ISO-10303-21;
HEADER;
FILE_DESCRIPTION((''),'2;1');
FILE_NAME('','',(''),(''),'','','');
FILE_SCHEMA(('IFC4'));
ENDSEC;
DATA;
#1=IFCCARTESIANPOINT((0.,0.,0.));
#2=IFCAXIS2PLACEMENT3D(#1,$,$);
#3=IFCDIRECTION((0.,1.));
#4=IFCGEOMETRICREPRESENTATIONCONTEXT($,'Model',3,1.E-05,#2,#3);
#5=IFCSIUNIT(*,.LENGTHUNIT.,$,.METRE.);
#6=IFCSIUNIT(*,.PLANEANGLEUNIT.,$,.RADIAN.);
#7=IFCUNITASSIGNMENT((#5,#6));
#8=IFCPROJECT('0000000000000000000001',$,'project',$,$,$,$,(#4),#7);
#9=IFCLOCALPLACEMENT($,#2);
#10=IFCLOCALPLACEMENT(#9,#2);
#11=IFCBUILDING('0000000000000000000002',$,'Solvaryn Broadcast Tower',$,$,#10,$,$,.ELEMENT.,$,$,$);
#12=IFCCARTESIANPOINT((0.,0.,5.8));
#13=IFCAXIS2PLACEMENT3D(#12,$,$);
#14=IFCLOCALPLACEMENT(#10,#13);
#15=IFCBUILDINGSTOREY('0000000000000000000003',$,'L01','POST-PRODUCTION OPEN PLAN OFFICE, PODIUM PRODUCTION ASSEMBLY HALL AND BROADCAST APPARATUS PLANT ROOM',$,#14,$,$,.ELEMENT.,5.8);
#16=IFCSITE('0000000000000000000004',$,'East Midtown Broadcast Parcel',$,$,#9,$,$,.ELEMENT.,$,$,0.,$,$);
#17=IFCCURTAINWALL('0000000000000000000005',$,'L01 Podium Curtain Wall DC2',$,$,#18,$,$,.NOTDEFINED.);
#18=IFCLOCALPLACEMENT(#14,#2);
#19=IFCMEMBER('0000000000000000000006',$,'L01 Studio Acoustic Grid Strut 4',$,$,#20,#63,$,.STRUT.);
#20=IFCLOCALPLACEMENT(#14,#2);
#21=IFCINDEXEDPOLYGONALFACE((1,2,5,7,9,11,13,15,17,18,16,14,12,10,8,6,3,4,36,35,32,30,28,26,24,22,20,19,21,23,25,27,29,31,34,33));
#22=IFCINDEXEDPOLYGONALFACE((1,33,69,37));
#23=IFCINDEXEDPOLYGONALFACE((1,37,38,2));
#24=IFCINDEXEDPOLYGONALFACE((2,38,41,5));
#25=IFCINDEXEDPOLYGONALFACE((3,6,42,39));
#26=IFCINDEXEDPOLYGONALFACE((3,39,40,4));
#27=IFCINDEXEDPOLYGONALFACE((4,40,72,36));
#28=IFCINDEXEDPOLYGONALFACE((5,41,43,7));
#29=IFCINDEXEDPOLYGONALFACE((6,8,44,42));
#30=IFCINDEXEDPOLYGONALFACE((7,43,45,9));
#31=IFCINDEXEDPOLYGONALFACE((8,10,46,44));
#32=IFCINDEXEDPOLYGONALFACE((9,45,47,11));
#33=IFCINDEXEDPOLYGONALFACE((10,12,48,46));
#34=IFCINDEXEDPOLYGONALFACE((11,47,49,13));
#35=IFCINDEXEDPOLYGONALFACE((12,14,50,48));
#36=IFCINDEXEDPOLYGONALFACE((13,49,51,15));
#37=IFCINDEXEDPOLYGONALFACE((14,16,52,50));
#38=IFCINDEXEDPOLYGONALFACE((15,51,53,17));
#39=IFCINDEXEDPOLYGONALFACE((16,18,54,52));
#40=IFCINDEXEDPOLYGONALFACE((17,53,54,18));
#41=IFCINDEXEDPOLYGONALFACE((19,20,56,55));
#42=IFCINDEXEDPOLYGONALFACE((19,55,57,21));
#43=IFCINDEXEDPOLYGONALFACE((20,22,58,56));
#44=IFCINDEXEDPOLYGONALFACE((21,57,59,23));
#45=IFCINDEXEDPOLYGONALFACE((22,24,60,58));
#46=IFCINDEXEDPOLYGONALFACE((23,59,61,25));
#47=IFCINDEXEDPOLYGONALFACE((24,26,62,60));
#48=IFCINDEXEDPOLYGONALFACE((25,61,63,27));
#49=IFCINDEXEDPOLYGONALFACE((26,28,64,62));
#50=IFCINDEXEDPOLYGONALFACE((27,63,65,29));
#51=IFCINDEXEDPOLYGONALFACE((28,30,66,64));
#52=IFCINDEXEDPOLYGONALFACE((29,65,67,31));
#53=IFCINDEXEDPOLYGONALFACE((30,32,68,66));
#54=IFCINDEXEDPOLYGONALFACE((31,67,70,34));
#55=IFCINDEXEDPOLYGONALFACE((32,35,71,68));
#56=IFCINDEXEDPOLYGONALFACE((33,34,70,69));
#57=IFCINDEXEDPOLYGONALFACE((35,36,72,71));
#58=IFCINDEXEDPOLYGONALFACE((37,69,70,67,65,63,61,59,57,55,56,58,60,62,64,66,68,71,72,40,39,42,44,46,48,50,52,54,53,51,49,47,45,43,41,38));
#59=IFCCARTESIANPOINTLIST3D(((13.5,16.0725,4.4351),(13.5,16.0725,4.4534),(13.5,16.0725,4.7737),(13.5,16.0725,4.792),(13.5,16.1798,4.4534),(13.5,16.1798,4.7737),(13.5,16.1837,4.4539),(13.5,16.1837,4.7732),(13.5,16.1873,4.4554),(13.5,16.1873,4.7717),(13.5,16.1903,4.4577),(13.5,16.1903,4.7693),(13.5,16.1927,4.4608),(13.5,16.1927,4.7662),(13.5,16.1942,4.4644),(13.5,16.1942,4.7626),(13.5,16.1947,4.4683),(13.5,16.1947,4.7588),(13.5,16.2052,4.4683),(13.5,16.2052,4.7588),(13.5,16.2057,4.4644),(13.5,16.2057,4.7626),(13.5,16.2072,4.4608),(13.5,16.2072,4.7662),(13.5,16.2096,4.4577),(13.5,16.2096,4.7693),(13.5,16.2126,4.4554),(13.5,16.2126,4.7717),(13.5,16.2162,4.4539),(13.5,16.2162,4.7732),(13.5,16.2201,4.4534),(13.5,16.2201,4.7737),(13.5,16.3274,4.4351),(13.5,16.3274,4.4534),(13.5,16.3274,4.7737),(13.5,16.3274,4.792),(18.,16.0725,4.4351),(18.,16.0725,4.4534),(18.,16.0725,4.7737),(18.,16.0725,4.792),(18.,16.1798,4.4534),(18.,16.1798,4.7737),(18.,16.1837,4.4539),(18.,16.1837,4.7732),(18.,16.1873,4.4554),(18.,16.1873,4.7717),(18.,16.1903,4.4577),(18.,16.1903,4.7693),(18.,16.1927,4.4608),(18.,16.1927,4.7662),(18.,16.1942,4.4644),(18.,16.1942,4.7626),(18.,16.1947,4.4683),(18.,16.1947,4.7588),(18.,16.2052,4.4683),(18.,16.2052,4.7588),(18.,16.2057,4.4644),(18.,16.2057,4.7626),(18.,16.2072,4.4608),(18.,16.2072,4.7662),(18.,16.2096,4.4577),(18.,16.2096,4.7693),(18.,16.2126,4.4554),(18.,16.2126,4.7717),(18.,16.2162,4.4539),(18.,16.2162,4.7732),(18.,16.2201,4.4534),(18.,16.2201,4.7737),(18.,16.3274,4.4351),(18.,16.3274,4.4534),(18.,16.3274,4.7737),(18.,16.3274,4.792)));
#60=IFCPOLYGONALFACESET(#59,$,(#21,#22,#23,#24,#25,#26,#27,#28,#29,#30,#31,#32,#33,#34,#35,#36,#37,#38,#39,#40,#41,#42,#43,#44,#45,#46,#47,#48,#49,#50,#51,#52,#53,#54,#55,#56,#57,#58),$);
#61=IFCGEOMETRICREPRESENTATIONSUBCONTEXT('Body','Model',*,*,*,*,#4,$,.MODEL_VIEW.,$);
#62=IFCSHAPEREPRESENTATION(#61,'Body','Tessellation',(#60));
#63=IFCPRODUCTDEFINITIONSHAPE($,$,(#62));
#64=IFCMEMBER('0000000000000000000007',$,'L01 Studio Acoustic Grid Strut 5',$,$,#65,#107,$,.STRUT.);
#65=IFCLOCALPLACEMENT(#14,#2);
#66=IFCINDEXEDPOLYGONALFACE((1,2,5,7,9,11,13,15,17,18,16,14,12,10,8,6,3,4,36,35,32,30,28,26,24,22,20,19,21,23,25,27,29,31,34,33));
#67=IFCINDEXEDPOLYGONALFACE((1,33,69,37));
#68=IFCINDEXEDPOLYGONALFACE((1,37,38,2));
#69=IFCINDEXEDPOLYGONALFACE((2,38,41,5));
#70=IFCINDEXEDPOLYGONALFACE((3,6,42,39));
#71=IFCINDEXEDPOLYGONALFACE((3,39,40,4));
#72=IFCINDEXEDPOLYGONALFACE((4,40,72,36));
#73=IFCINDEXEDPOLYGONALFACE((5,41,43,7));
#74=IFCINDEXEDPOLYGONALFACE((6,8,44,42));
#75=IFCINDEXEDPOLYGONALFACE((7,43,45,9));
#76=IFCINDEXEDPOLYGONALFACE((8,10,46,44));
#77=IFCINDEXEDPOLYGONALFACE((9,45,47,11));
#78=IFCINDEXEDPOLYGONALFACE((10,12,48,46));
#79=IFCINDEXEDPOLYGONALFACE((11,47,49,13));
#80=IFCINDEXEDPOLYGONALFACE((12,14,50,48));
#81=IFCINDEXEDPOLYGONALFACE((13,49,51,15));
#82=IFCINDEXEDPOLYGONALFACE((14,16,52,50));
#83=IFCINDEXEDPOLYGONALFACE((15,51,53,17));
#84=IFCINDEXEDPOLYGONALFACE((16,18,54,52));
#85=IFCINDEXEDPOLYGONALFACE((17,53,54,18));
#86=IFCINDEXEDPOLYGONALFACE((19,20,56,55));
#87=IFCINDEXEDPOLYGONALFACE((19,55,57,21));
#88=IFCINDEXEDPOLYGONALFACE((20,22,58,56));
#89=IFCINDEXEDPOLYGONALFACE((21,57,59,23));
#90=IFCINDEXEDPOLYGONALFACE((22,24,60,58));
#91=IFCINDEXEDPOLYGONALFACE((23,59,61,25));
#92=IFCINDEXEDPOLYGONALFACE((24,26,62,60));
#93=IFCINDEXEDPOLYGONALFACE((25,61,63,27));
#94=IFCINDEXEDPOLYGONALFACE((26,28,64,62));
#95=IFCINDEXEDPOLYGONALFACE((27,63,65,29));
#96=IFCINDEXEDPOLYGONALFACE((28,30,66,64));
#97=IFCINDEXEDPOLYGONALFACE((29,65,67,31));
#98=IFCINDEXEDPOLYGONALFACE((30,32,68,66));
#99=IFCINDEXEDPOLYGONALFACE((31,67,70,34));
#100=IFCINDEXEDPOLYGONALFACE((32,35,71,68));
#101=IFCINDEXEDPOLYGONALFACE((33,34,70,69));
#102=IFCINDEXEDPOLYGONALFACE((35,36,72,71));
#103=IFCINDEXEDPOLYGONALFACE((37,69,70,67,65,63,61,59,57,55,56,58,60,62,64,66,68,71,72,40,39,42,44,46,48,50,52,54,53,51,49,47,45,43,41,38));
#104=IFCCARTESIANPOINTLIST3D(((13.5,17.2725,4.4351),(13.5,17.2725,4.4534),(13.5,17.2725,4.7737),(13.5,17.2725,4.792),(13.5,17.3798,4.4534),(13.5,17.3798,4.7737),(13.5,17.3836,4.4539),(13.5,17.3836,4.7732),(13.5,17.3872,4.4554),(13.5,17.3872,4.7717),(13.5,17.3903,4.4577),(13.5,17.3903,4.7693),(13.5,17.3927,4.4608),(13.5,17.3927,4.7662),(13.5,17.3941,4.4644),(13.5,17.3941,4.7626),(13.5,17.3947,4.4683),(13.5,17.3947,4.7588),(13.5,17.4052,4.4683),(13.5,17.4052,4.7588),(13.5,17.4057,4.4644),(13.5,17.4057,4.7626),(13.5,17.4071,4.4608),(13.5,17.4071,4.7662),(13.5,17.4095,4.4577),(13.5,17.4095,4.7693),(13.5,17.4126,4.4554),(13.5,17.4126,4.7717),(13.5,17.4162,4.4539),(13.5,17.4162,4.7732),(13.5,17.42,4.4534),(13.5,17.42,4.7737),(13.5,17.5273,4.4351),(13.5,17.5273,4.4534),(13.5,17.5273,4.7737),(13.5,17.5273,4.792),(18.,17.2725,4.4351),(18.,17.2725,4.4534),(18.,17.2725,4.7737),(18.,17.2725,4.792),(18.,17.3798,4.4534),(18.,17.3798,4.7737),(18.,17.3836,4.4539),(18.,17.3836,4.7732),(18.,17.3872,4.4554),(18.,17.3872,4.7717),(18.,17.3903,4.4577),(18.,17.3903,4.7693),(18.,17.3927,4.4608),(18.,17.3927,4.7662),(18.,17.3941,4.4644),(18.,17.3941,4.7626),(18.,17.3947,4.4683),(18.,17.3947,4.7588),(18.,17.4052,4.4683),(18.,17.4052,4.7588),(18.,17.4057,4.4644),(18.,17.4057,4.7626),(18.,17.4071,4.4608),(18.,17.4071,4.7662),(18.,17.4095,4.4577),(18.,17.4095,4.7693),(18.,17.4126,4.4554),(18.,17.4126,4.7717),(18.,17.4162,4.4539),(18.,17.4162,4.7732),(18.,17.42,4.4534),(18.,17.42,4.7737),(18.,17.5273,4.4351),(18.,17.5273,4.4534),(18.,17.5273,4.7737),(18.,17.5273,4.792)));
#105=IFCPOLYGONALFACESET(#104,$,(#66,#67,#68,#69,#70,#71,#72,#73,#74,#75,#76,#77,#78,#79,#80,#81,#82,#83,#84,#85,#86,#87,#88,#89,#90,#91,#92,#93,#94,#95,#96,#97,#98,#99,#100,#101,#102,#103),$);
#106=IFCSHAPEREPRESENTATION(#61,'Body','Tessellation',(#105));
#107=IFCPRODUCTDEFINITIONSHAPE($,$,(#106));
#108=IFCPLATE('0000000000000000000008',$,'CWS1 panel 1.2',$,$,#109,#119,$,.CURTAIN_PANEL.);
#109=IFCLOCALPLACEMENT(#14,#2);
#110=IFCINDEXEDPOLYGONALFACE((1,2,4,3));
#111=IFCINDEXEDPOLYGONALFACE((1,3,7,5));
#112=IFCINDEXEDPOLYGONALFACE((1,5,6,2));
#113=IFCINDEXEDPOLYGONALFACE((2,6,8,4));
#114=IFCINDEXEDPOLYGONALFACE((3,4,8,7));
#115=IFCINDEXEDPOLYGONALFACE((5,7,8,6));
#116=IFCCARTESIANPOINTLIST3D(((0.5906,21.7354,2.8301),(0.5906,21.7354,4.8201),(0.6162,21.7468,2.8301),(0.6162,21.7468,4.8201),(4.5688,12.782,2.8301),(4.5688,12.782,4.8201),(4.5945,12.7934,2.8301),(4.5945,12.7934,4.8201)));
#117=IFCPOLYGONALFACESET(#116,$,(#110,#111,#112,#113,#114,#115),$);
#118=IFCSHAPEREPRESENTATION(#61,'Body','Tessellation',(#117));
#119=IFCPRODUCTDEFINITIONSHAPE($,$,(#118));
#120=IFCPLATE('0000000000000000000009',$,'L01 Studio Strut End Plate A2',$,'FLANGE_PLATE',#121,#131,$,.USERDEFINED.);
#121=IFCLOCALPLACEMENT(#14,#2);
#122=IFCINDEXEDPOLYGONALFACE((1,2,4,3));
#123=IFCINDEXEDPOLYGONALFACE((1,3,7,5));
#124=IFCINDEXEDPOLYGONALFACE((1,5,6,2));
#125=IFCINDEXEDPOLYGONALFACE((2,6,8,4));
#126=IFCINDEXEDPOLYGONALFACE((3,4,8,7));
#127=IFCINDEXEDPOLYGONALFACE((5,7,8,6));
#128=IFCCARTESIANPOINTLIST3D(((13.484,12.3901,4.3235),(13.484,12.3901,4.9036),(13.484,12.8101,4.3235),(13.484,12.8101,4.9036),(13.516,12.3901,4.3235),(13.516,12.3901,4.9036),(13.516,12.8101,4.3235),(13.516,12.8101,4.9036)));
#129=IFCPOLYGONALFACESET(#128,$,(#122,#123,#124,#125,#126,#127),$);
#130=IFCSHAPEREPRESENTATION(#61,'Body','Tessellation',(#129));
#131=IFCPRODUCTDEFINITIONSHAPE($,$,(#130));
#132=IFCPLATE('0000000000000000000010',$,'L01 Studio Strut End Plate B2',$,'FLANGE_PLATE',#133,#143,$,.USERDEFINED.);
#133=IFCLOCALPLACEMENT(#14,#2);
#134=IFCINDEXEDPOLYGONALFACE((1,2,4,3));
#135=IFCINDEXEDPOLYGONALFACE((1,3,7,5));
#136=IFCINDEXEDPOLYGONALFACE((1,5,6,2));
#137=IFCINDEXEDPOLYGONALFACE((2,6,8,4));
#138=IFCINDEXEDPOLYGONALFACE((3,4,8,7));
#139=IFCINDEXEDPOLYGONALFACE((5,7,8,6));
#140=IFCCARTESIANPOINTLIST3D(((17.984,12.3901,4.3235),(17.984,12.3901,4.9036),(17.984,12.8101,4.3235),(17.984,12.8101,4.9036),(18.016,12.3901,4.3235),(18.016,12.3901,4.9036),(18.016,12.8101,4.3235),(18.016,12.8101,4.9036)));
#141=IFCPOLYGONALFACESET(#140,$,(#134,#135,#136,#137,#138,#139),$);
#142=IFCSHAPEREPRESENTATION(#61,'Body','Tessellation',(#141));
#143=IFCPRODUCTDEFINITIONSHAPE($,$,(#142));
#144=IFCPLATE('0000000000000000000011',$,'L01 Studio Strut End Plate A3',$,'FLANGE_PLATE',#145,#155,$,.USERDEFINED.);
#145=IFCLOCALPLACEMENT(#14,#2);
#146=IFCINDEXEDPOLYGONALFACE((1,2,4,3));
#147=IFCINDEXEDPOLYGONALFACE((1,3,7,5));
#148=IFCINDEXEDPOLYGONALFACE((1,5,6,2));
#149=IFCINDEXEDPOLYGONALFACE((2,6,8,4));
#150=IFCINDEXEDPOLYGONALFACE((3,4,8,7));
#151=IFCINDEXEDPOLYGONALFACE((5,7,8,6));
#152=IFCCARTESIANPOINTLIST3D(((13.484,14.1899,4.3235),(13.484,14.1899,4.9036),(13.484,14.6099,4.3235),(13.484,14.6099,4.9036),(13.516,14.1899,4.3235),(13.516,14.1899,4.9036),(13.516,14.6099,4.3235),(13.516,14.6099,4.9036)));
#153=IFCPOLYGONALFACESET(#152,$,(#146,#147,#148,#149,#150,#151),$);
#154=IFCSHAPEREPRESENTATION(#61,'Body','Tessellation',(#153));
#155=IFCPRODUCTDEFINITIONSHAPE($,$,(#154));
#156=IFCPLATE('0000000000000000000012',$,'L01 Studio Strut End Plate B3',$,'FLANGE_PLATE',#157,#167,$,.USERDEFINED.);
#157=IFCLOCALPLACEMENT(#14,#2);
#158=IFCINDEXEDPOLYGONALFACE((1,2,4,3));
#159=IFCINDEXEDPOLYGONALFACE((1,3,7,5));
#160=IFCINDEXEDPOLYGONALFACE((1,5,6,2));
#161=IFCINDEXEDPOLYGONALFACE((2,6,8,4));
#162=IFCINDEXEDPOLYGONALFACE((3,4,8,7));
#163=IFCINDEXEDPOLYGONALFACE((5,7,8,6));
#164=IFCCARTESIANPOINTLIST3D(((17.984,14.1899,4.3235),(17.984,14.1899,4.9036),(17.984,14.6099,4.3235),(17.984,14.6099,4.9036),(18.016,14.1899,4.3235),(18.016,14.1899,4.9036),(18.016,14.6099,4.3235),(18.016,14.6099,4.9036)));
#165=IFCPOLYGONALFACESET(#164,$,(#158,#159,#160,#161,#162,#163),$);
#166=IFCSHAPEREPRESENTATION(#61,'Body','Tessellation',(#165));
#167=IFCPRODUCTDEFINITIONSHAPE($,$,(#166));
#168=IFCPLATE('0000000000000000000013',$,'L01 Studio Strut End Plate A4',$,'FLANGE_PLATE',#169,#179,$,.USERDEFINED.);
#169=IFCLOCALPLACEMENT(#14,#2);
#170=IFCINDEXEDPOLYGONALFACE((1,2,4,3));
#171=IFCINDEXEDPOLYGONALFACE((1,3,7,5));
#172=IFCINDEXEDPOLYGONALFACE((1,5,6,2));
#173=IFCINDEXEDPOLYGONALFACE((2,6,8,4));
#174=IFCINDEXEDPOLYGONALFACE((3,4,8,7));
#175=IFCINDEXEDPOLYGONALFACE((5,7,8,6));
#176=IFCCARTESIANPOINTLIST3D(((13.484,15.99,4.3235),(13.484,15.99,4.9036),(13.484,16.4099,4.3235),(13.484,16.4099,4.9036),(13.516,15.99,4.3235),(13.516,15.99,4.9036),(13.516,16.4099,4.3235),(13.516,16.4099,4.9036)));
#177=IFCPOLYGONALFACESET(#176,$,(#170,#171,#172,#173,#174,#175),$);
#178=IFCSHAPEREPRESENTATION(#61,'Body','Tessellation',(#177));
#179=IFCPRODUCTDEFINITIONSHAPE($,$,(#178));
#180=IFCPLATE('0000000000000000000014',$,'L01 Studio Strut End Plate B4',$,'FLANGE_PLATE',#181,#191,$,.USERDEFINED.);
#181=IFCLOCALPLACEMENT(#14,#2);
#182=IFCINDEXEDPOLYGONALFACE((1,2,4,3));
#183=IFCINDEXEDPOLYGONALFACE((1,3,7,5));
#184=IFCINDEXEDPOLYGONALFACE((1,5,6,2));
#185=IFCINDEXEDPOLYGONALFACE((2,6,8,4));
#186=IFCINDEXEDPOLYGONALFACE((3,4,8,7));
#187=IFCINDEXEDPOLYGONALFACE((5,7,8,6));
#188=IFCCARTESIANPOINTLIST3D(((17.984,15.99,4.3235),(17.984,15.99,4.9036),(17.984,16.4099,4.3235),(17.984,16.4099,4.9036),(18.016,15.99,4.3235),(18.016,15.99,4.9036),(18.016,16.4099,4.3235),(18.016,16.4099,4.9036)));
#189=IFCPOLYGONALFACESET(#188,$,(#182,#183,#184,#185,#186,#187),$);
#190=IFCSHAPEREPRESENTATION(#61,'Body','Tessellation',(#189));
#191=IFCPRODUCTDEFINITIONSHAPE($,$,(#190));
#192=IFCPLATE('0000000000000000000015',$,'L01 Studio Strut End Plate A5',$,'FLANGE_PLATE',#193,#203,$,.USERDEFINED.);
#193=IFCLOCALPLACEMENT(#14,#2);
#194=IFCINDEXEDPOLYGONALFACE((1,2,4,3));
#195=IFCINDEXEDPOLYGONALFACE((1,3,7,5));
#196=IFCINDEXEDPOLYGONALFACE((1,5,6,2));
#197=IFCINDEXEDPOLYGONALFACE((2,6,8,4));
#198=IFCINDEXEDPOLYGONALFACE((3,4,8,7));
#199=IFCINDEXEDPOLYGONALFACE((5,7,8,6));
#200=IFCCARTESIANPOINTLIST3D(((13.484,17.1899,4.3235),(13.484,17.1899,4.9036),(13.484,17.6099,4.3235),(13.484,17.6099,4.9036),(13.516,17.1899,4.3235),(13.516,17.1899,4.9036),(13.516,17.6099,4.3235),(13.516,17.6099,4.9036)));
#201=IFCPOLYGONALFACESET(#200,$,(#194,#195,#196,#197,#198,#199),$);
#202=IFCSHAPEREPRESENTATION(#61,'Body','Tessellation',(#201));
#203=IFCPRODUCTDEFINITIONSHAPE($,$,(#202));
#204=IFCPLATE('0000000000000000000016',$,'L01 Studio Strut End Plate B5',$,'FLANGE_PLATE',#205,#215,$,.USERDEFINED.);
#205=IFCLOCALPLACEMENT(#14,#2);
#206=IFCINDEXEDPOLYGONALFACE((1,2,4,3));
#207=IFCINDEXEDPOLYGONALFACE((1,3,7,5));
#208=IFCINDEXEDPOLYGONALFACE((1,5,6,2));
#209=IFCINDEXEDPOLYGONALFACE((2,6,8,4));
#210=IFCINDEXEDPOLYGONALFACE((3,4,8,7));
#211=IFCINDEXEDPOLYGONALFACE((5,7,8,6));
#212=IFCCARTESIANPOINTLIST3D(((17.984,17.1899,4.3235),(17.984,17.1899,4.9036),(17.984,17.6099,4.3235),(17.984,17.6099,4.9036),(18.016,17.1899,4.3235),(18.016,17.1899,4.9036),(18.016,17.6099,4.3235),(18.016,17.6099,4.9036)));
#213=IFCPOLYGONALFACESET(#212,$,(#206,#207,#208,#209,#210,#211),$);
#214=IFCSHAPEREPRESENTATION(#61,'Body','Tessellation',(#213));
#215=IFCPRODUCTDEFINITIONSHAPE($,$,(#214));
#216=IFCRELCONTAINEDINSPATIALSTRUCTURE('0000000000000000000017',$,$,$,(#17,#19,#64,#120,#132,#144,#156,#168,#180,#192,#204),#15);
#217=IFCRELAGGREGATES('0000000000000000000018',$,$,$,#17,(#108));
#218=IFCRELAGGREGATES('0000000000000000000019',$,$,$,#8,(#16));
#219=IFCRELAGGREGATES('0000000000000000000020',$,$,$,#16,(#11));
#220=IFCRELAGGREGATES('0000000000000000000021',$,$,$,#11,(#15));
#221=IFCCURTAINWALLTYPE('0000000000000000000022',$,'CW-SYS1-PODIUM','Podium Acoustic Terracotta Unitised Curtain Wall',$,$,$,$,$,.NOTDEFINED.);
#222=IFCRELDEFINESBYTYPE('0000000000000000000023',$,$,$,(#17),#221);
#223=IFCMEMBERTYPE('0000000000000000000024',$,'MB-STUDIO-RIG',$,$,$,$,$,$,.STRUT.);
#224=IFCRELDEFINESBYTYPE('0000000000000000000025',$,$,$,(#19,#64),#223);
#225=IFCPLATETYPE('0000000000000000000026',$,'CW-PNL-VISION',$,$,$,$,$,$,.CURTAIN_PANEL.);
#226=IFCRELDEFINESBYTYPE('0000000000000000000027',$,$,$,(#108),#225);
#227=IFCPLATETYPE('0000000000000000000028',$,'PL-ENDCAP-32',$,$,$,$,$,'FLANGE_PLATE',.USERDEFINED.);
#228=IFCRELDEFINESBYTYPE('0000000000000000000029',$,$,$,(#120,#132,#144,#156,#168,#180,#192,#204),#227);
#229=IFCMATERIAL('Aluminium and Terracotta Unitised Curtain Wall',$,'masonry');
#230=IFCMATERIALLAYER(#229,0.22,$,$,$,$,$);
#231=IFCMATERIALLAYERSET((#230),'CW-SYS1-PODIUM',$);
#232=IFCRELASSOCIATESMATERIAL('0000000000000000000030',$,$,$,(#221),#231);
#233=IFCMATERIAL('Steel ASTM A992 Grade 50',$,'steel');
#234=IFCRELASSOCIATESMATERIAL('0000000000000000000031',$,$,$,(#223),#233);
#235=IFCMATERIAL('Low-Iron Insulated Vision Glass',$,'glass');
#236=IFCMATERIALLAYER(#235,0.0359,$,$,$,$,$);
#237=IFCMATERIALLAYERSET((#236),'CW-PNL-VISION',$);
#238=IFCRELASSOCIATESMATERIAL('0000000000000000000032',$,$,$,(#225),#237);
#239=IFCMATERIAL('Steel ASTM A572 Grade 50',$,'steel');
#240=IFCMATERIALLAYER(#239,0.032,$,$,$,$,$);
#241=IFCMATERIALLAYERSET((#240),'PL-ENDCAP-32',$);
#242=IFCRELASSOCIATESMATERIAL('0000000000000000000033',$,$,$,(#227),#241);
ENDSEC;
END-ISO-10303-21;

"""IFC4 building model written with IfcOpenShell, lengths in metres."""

from ifc_helpers import new_model, si_unit, direction, frame, origin, origin_2d, place, context, subcontext, project, spatial, rectangle, i_section, extrude, material, layer, layer_set, material_profile, profile_set, type_object, element, aggregate, save


model = new_model("IFC4")

# Units and contexts
model_context = context("Model", 3, precision=1e-05, world=origin(), true_north=direction((0.0, 1.0)))
body_context = subcontext(model_context, "Body", "Model", "MODEL_VIEW")
ifc_project = project(units=[si_unit("LENGTHUNIT", "METRE"), si_unit("PLANEANGLEUNIT", "RADIAN")], contexts=[model_context])

# Site, building, storey
site_placement = place(None, origin())
site = spatial("IfcSite", under=ifc_project, at=site_placement, Name="East Midtown Broadcast Parcel", CompositionType="ELEMENT", RefElevation=0.0)
building_placement = place(site_placement, origin())
building = spatial("IfcBuilding", under=site, at=building_placement, Name="Solvaryn Broadcast Tower", CompositionType="ELEMENT")
storey_placement = place(building_placement, frame((0.0, 0.0, 5.8)))
storey = spatial("IfcBuildingStorey", under=building, at=storey_placement, Name="L01", Description="POST-PRODUCTION OPEN PLAN OFFICE, PODIUM PRODUCTION ASSEMBLY HALL AND BROADCAST APPARATUS PLANT ROOM", CompositionType="ELEMENT", Elevation=5.8)

# Curtain wall
ifc_material_1 = material(Name="Aluminium and Terracotta Unitised Curtain Wall", Category="masonry")
ifc_layer_1 = layer(ifc_material_1, 0.22)
ifc_layer_set_1 = layer_set([ifc_layer_1], Name="CW-SYS1-PODIUM")
curtain_wall_type = type_object("IfcCurtainWallType", Name="CW-SYS1-PODIUM", Description="Podium Acoustic Terracotta Unitised Curtain Wall", PredefinedType="NOTDEFINED", material=ifc_layer_set_1)
curtain_wall_1_placement = place(storey_placement, origin())
curtain_wall_1 = element("IfcCurtainWall", 1, at=curtain_wall_1_placement, inside=storey, type_object=curtain_wall_type, Name="L01 Podium Curtain Wall DC2", PredefinedType="NOTDEFINED")

# Members
ifc_material_2 = material(Name="Steel ASTM A992 Grade 50", Category="steel")
ifc_material_profile_1 = material_profile(ifc_material_2, i_section(OverallWidth=0.2549, OverallDepth=0.3569, WebThickness=0.0105, FlangeThickness=0.0183, FilletRadius=0.0149, at=origin_2d()))
ifc_profile_set_1 = profile_set([ifc_material_profile_1], Name="Steel ASTM A992 Grade 50")
member_type_1 = type_object("IfcMemberType", Name="MB-STUDIO-RIG", PredefinedType="STRUT", material=ifc_profile_set_1)
for number, where, z_axis, x_axis, name in (
    (2, (13.5, 16.2, 4.6135), (1.0, 0.0, 0.0), (0.0, 1.0, 0.0), "L01 Studio Acoustic Grid Strut 4"),
    (3, (13.5, 17.3999, 4.6135), (1.0, 0.0, 0.0), (0.0, 1.0, 0.0), "L01 Studio Acoustic Grid Strut 5"),
):
    element("IfcMember", number, at=place(storey_placement, frame(where, z_axis=z_axis, x_axis=x_axis)), inside=storey, type_object=member_type_1, Name=name, PredefinedType="STRUT", context=body_context, shape_type="SweptSolid", body=[
        extrude(i_section(OverallWidth=0.2549, OverallDepth=0.3569, WebThickness=0.0105, FlangeThickness=0.0183, FilletRadius=0.0149, at=origin_2d()), origin(), (0.0, 0.0, 1.0), 4.5),
    ])

# Plate
ifc_material_3 = material(Name="Low-Iron Insulated Vision Glass", Category="glass")
ifc_layer_2 = layer(ifc_material_3, 0.0359)
ifc_layer_set_2 = layer_set([ifc_layer_2], Name="CW-PNL-VISION")
plate_type_1 = type_object("IfcPlateType", Name="CW-PNL-VISION", PredefinedType="CURTAIN_PANEL", material=ifc_layer_set_2)
plate_placement = place(storey_placement, frame((2.5925, 17.2644, 2.8301), z_axis=(0.0, 0.0, 1.0), x_axis=(0.406054, -0.913849, 0.0)))
plate = element("IfcPlate", 4, at=plate_placement, type_object=plate_type_1, Name="CWS1 panel 1.2", PredefinedType="CURTAIN_PANEL", context=body_context, shape_type="SweptSolid", body=[
    extrude(rectangle(XDim=9.7974, YDim=0.0281, at=origin_2d()), origin(), (0.0, 0.0, 1.0), 1.99),
])
aggregate(curtain_wall_1, [plate])

# Plates
ifc_material_4 = material(Name="Steel ASTM A572 Grade 50", Category="steel")
ifc_layer_3 = layer(ifc_material_4, 0.032)
ifc_layer_set_3 = layer_set([ifc_layer_3], Name="PL-ENDCAP-32")
plate_type_2 = type_object("IfcPlateType", Name="PL-ENDCAP-32", ElementType="FLANGE_PLATE", PredefinedType="USERDEFINED", material=ifc_layer_set_3)
for number, where, z_axis, x_axis, name in (
    (5, (13.5, 12.6001, 4.3235), (0.0, 0.0, 1.0), (1.0, 0.0, 0.0), "L01 Studio Strut End Plate A2"),
    (6, (18.0, 12.6001, 4.3235), (0.0, 0.0, 1.0), (1.0, 0.0, 0.0), "L01 Studio Strut End Plate B2"),
    (7, (13.5, 14.3999, 4.3235), (0.0, 0.0, 1.0), (1.0, 0.0, 0.0), "L01 Studio Strut End Plate A3"),
    (8, (18.0, 14.3999, 4.3235), (0.0, 0.0, 1.0), (1.0, 0.0, 0.0), "L01 Studio Strut End Plate B3"),
    (9, (13.5, 16.2, 4.3235), (0.0, 0.0, 1.0), (1.0, 0.0, 0.0), "L01 Studio Strut End Plate A4"),
    (10, (18.0, 16.2, 4.3235), (0.0, 0.0, 1.0), (1.0, 0.0, 0.0), "L01 Studio Strut End Plate B4"),
    (11, (13.5, 17.3999, 4.3235), (0.0, 0.0, 1.0), (1.0, 0.0, 0.0), "L01 Studio Strut End Plate A5"),
    (12, (18.0, 17.3999, 4.3235), (0.0, 0.0, 1.0), (1.0, 0.0, 0.0), "L01 Studio Strut End Plate B5"),
):
    element("IfcPlate", number, at=place(storey_placement, frame(where, z_axis=z_axis, x_axis=x_axis)), inside=storey, type_object=plate_type_2, Name=name, ObjectType="FLANGE_PLATE", PredefinedType="USERDEFINED", context=body_context, shape_type="SweptSolid", body=[
        extrude(rectangle(XDim=0.032, YDim=0.4199, at=origin_2d()), origin(), (0.0, 0.0, 1.0), 0.5801),
    ])

save(model, "model.ifc")
